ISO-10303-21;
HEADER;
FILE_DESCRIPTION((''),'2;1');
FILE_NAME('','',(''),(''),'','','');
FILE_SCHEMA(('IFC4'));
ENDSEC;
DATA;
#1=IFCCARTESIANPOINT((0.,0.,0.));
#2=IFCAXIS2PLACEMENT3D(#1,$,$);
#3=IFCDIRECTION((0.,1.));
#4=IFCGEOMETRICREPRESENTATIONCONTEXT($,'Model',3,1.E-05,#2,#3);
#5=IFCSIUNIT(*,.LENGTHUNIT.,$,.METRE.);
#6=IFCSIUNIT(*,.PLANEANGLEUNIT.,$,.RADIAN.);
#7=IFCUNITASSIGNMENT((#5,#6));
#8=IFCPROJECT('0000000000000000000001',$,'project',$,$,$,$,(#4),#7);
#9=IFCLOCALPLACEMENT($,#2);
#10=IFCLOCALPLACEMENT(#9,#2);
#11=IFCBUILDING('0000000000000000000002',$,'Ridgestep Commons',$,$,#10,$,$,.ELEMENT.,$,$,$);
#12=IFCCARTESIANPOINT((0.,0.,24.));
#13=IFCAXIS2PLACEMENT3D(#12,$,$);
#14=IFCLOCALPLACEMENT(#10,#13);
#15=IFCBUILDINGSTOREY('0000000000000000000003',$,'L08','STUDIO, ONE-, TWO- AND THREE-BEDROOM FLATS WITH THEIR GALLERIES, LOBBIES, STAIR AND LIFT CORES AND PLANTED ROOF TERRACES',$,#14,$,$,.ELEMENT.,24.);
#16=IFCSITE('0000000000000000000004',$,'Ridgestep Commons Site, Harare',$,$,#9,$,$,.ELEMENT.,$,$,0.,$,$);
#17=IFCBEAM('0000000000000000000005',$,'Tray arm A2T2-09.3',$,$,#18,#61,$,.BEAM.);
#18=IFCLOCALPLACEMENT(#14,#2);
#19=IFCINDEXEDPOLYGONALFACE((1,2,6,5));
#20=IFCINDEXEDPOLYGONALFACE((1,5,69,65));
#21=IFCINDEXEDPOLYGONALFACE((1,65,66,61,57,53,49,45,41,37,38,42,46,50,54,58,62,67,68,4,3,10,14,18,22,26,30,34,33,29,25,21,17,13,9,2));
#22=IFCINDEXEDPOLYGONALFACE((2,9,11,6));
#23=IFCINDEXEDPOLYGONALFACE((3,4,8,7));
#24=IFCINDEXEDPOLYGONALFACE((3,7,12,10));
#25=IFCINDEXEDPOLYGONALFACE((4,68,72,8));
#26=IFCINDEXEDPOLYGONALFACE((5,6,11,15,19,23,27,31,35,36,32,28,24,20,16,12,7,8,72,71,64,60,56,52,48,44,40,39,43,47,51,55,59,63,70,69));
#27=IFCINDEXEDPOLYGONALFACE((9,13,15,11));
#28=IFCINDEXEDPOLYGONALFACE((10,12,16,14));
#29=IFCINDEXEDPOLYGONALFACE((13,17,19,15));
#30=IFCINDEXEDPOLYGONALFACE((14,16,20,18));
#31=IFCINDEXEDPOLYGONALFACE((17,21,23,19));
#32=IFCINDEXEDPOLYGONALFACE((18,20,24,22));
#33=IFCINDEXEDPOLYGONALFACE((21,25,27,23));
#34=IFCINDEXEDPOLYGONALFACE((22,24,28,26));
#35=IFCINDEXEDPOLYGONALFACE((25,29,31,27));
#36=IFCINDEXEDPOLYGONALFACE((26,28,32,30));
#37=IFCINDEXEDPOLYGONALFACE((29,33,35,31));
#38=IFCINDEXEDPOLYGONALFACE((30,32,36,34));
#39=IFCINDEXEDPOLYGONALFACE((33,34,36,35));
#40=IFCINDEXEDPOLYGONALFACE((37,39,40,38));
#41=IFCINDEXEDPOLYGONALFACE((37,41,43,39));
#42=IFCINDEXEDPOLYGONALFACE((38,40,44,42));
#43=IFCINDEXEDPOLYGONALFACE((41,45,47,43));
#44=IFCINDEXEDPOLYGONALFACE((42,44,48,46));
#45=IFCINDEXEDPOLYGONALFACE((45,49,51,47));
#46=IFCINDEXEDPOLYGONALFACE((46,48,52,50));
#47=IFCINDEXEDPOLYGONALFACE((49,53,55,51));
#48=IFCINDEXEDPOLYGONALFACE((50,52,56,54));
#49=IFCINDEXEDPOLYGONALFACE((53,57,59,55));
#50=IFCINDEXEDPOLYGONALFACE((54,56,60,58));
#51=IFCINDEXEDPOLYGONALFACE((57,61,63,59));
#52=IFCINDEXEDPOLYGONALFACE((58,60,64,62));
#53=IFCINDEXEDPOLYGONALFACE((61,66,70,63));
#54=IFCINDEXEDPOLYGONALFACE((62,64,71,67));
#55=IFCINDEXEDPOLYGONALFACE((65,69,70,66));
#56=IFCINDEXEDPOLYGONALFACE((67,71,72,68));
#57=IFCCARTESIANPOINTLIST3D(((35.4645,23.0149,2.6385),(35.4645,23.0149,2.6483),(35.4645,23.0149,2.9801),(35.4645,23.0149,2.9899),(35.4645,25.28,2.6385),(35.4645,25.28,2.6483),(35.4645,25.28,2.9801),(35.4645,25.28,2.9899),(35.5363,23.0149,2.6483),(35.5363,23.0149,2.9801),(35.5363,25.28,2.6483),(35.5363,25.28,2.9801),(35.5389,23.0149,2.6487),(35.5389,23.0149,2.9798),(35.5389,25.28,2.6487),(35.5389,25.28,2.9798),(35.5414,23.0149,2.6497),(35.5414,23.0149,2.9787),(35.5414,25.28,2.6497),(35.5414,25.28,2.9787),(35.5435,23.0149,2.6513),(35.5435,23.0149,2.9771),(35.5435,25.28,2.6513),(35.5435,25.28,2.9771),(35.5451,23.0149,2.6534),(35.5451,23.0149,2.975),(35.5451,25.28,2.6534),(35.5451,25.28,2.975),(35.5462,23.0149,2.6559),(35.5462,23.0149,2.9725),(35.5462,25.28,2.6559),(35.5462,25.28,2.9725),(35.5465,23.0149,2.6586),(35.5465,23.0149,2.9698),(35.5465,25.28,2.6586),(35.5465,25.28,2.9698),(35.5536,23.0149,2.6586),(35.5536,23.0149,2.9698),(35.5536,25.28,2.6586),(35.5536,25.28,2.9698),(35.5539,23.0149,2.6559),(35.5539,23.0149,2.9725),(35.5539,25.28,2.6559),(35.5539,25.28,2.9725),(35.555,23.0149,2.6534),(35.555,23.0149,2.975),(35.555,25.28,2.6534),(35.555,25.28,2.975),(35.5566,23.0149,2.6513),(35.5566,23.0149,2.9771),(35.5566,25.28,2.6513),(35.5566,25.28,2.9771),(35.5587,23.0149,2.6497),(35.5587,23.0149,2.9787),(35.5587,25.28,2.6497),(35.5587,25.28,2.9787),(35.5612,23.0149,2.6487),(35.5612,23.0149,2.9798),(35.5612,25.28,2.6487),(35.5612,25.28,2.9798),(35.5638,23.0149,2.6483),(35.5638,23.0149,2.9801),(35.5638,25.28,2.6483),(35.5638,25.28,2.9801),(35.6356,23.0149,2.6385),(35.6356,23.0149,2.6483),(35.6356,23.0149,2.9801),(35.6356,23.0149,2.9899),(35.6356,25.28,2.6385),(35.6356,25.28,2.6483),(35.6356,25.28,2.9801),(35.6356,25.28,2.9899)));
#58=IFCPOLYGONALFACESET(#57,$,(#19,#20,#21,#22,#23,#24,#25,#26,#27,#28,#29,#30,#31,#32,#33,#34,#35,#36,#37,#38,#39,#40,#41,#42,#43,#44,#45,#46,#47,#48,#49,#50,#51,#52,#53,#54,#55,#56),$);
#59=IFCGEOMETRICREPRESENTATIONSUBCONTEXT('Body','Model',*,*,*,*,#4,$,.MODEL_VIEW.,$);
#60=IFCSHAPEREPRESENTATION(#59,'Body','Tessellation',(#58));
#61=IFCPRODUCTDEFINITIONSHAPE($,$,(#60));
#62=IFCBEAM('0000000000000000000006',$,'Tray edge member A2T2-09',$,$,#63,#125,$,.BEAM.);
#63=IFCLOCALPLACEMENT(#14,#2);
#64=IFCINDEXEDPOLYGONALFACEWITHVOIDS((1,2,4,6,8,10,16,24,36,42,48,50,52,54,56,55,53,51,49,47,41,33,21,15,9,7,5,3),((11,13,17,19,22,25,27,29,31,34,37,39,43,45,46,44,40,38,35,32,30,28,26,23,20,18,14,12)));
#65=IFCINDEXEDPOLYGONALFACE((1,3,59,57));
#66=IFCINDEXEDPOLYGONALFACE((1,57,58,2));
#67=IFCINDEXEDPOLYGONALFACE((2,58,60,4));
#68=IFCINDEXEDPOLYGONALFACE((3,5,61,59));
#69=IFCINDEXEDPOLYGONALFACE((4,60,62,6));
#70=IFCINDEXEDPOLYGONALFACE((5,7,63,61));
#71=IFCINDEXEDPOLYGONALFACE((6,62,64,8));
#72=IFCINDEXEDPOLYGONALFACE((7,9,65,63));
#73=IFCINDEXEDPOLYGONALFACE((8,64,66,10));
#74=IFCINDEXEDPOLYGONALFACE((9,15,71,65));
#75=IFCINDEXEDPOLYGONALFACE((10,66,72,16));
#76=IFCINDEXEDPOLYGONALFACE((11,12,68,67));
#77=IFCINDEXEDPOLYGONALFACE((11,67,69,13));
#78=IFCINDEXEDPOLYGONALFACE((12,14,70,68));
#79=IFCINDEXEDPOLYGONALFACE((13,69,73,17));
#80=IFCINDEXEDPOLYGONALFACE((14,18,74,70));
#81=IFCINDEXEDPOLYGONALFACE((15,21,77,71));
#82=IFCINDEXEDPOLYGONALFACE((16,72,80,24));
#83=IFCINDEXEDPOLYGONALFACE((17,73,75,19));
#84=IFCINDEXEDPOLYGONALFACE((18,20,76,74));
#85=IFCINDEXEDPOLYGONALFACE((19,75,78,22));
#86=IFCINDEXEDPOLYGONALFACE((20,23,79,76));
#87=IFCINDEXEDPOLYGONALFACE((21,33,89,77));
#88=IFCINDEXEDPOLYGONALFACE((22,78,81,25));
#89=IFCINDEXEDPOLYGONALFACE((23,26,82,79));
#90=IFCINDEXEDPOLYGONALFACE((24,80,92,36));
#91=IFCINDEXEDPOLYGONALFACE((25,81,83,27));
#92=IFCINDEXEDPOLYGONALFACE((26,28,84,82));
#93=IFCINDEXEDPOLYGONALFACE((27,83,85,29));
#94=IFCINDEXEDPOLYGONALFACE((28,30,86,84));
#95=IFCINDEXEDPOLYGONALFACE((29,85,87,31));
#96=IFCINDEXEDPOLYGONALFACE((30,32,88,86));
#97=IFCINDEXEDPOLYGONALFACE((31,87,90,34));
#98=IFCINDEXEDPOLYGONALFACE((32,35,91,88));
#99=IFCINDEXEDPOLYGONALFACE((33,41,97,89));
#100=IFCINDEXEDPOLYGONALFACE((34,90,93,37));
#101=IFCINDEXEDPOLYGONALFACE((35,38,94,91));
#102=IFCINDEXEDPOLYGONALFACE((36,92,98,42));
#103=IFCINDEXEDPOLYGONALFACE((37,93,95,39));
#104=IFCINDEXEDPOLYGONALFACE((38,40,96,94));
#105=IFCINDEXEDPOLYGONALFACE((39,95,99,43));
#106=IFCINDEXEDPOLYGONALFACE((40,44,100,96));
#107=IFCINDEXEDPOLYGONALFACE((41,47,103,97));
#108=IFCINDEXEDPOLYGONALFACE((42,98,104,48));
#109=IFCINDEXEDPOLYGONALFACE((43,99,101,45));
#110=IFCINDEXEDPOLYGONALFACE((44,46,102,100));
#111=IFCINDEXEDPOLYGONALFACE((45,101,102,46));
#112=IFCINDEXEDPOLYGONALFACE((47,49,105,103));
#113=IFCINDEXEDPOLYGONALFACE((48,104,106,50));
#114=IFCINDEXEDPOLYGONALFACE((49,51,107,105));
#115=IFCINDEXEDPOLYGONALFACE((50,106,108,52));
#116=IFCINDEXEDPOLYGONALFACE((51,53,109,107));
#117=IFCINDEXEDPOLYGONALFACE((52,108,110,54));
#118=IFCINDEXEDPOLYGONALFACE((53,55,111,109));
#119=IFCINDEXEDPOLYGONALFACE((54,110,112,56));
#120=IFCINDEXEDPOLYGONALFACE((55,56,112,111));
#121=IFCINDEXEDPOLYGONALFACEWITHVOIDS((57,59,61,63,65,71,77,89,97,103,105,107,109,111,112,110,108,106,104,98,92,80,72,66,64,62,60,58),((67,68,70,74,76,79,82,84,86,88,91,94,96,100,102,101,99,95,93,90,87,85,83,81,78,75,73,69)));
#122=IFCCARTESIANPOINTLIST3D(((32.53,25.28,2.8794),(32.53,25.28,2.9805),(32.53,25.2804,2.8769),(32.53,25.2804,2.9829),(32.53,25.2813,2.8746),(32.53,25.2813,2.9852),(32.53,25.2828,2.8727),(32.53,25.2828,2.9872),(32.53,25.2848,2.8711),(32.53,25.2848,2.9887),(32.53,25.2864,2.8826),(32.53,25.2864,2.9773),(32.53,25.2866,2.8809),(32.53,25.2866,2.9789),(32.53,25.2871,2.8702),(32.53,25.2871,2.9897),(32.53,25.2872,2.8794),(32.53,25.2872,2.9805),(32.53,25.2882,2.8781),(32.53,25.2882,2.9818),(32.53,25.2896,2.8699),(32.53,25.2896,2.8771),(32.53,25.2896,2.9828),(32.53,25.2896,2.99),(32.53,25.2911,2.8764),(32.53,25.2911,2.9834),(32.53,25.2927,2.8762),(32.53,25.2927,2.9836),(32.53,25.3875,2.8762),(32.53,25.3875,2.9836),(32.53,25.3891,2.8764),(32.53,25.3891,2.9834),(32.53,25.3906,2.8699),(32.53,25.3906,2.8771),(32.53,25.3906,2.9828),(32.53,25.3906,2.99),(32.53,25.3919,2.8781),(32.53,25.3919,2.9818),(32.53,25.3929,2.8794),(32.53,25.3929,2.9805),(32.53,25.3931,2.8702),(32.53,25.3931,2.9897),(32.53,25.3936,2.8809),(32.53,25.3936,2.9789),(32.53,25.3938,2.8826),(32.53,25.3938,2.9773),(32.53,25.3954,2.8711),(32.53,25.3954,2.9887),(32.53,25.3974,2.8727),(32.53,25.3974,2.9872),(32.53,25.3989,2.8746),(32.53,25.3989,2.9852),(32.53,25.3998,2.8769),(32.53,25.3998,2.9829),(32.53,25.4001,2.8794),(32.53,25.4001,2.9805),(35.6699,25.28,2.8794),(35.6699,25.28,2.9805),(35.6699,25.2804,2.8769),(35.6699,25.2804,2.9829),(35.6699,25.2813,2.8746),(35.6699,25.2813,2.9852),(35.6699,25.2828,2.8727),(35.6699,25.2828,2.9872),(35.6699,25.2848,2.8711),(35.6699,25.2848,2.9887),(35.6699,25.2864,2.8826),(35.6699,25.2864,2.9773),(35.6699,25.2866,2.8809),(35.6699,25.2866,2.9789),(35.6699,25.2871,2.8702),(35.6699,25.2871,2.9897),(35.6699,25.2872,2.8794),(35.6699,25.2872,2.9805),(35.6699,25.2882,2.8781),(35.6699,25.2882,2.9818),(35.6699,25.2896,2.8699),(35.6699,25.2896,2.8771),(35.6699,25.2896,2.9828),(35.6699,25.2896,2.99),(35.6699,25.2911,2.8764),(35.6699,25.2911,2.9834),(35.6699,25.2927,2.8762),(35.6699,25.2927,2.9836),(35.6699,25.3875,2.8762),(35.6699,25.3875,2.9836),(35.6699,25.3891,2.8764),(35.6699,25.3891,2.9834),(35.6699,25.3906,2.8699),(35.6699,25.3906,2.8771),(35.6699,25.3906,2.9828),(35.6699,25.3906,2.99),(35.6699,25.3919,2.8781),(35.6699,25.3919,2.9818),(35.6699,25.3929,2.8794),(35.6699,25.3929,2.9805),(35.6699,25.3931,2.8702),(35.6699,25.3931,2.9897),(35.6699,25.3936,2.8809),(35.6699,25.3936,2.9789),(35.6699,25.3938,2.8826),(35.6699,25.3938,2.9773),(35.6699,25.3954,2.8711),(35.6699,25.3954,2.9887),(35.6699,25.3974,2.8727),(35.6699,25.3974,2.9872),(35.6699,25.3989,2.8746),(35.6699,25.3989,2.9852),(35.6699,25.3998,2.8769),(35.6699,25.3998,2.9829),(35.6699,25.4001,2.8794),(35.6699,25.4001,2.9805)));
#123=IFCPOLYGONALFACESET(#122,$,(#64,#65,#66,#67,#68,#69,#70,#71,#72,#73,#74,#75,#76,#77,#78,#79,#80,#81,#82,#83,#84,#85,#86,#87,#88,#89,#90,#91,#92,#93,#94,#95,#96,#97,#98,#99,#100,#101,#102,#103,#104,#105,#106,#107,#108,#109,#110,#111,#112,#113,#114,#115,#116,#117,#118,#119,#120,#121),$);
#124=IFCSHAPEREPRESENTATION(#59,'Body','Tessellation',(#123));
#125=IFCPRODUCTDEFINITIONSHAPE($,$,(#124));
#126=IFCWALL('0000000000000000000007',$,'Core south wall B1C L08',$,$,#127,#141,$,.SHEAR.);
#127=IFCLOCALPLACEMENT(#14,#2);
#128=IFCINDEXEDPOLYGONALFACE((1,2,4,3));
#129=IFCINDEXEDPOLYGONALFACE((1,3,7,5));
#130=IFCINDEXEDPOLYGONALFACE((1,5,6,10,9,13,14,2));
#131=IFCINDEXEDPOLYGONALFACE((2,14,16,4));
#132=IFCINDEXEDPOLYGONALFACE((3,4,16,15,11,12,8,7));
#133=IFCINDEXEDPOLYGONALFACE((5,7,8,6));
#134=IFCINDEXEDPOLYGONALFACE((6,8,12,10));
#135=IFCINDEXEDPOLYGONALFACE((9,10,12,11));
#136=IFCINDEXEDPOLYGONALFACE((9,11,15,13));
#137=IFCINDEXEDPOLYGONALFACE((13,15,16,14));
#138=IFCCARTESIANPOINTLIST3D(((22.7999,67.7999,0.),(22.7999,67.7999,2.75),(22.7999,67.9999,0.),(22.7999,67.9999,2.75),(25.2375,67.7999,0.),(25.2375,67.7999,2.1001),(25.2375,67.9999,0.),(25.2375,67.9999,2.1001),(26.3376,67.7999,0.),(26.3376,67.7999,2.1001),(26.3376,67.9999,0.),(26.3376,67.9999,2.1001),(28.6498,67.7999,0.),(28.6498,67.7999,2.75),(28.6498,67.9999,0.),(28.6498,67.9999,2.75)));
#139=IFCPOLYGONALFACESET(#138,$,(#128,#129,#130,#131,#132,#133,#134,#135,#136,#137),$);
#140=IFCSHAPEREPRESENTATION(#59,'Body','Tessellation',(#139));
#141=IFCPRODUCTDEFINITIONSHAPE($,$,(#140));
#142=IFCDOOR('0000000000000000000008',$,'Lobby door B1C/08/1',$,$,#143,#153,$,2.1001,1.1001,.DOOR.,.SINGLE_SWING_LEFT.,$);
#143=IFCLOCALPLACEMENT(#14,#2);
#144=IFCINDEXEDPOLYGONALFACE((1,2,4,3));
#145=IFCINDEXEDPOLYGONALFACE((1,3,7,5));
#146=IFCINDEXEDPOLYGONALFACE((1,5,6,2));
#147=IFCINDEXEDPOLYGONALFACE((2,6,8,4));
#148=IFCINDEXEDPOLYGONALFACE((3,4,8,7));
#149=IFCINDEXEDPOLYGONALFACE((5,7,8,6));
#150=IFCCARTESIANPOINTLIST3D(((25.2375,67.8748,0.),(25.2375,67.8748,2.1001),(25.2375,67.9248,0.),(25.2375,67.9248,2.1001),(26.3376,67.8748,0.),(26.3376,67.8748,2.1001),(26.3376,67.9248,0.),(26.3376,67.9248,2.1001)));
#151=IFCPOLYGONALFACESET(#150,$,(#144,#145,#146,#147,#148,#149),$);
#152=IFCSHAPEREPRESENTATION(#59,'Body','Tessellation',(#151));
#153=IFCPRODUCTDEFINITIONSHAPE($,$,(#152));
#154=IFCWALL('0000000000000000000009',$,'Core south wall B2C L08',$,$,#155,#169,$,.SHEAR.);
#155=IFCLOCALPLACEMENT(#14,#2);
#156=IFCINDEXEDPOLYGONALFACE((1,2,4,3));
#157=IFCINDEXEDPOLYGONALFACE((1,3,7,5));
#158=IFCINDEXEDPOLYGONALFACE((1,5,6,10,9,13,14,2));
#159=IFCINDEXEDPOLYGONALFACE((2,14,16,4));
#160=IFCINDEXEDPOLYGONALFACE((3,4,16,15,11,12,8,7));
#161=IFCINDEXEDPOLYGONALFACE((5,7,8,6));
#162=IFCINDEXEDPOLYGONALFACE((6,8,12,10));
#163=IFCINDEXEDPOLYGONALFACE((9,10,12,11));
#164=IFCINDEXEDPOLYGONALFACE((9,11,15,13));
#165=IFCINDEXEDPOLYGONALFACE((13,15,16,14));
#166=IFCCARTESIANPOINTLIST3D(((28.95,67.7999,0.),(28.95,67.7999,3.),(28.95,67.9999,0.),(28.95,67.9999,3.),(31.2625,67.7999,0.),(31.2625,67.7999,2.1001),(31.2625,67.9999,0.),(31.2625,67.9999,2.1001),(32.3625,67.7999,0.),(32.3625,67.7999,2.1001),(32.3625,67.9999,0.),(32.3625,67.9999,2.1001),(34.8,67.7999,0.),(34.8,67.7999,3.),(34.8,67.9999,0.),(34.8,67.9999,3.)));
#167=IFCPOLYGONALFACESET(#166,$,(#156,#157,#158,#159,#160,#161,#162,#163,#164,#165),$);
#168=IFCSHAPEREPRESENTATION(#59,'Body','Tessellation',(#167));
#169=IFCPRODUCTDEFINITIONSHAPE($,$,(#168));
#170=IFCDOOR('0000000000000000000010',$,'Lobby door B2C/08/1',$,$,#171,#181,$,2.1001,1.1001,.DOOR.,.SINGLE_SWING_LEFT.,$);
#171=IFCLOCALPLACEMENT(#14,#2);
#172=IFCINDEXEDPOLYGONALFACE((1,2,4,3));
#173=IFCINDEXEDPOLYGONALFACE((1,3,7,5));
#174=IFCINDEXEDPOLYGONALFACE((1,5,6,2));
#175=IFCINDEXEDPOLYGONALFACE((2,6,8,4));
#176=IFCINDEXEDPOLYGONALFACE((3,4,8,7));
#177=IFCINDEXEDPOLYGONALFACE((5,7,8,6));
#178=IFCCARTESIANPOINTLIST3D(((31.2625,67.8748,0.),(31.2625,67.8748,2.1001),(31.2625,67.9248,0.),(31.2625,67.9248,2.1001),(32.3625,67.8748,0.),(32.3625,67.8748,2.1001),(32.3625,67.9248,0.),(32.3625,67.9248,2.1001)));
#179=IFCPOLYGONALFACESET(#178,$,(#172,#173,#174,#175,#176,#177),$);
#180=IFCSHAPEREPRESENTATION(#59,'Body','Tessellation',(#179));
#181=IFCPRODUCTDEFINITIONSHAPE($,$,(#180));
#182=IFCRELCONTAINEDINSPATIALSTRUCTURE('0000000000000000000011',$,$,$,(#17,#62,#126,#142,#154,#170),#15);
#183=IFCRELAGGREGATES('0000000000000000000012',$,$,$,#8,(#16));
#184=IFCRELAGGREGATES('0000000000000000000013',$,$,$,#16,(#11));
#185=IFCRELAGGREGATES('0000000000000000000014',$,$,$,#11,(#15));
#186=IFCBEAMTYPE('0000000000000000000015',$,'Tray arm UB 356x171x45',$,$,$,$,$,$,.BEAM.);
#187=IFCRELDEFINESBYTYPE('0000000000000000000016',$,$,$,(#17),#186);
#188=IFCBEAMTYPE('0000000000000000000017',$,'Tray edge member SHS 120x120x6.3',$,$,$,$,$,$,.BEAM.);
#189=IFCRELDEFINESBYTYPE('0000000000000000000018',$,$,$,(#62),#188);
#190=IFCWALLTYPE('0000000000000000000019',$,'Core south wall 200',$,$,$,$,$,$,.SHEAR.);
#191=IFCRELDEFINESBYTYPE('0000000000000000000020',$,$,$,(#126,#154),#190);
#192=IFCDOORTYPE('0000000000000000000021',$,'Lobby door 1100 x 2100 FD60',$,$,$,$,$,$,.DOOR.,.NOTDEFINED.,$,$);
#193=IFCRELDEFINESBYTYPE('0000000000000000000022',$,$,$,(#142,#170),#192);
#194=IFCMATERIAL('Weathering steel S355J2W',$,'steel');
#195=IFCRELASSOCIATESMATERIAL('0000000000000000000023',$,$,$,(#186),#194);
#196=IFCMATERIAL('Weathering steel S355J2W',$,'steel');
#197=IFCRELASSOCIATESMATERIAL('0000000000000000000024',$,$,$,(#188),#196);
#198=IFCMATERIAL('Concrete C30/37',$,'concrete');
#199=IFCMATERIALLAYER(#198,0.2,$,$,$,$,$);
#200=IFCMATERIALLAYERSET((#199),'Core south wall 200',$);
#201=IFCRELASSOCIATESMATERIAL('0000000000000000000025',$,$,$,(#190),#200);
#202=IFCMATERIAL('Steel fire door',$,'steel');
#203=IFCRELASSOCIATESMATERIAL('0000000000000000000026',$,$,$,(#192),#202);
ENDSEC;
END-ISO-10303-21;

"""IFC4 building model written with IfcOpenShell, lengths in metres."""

from ifc_helpers import new_model, si_unit, direction, frame, frame_2d, origin, origin_2d, place, context, subcontext, project, spatial, rectangle, hollow_rectangle, i_section, extrude, material, layer, layer_set, material_profile, profile_set, type_object, element, fill, save


model = new_model("IFC4")

# Units and contexts
model_context = context("Model", 3, precision=1e-05, world=origin(), true_north=direction((0.0, 1.0)))
body_context = subcontext(model_context, "Body", "Model", "MODEL_VIEW")
ifc_project = project(units=[si_unit("LENGTHUNIT", "METRE"), si_unit("PLANEANGLEUNIT", "RADIAN")], contexts=[model_context])

# Site, building, storey
site_placement = place(None, origin())
site = spatial("IfcSite", under=ifc_project, at=site_placement, Name="Ridgestep Commons Site, Harare", CompositionType="ELEMENT", RefElevation=0.0)
building_placement = place(site_placement, origin())
building = spatial("IfcBuilding", under=site, at=building_placement, Name="Ridgestep Commons", CompositionType="ELEMENT")
storey_placement = place(building_placement, frame((0.0, 0.0, 24.0)))
storey = spatial("IfcBuildingStorey", under=building, at=storey_placement, Name="L08", Description="STUDIO, ONE-, TWO- AND THREE-BEDROOM FLATS WITH THEIR GALLERIES, LOBBIES, STAIR AND LIFT CORES AND PLANTED ROOF TERRACES", CompositionType="ELEMENT", Elevation=24.0)

# Beams
ifc_material_1 = material(Name="Weathering steel S355J2W", Category="steel")
ifc_material_profile_1 = material_profile(ifc_material_1, i_section(OverallWidth=0.1711, OverallDepth=0.3513, WebThickness=0.0071, FlangeThickness=0.0098, FilletRadius=0.0103, at=origin_2d()), Name="UB 356x171x45")
ifc_profile_set_1 = profile_set([ifc_material_profile_1], Name="Weathering steel S355J2W")
beam_type_1 = type_object("IfcBeamType", Name="Tray arm UB 356x171x45", PredefinedType="BEAM", material=ifc_profile_set_1)
for number, where, z_axis, x_axis, name in (
    (1, (35.55, 23.0149, 2.8142), (0.0, 1.0, 0.0), (-1.0, 0.0, 0.0), "Tray arm A2T2-09.3"),
):
    element("IfcBeam", number, at=place(storey_placement, frame(where, z_axis=z_axis, x_axis=x_axis)), inside=storey, type_object=beam_type_1, Name=name, PredefinedType="BEAM", context=body_context, shape_type="SweptSolid", body=[
        extrude(i_section(OverallWidth=0.1711, OverallDepth=0.3513, WebThickness=0.0071, FlangeThickness=0.0098, FilletRadius=0.0103, at=origin_2d()), origin(), (0.0, 0.0, 1.0), 2.2651),
    ])
ifc_material_2 = material(Name="Weathering steel S355J2W", Category="steel")
ifc_material_profile_2 = material_profile(ifc_material_2, hollow_rectangle(XDim=0.1201, YDim=0.1201, WallThickness=0.0063, InnerFilletRadius=0.0063, OuterFilletRadius=0.0095, at=origin_2d()), Name="SHS 120x120x6.3")
ifc_profile_set_2 = profile_set([ifc_material_profile_2], Name="Weathering steel S355J2W")
beam_type_2 = type_object("IfcBeamType", Name="Tray edge member SHS 120x120x6.3", PredefinedType="BEAM", material=ifc_profile_set_2)
beam_1_placement = place(storey_placement, frame((32.53, 25.3401, 2.9299), z_axis=(1.0, 0.0, 0.0), x_axis=(0.0, 0.0, 1.0)))
element("IfcBeam", 2, at=beam_1_placement, inside=storey, type_object=beam_type_2, Name="Tray edge member A2T2-09", PredefinedType="BEAM", context=body_context, shape_type="SweptSolid", body=[
    extrude(hollow_rectangle(XDim=0.1201, YDim=0.1201, WallThickness=0.0063, InnerFilletRadius=0.0063, OuterFilletRadius=0.0095, at=origin_2d()), origin(), (0.0, 0.0, 1.0), 3.1399),
])

# Walls, openings, doors
ifc_material_3 = material(Name="Concrete C30/37", Category="concrete")
ifc_layer_1 = layer(ifc_material_3, 0.2)
ifc_layer_set_1 = layer_set([ifc_layer_1], Name="Core south wall 200")
wall_type_1 = type_object("IfcWallType", Name="Core south wall 200", PredefinedType="SHEAR", material=ifc_layer_set_1)
wall_1_placement = place(storey_placement, frame((22.8, 67.8999, 0.0), z_axis=(0.0, 0.0, 1.0), x_axis=(1.0, 0.0, 0.0)))
wall_1 = element("IfcWall", 3, at=wall_1_placement, inside=storey, type_object=wall_type_1, Name="Core south wall B1C L08", PredefinedType="SHEAR", context=body_context, shape_type="SweptSolid", body=[
    extrude(rectangle(XDim=5.8499, YDim=0.2, at=frame_2d((2.9248, 0.0))), origin(), (0.0, 0.0, 1.0), 2.75),
])
opening_1_placement = place(wall_1_placement, frame((2.4375, 0.0, 0.0)))
opening_1 = element("IfcOpeningElement", 4, at=opening_1_placement, cuts=wall_1, PredefinedType="OPENING", context=body_context, shape_type="SweptSolid", body=[
    extrude(rectangle(XDim=1.1001, YDim=2.1001, at=frame_2d((0.55, 1.05))), frame((0.0, 0.1099, 0.0), z_axis=(0.0, -1.0, 0.0), x_axis=(1.0, 0.0, 0.0)), (0.0, 0.0, 1.0), 0.22),
])
ifc_material_4 = material(Name="Steel fire door", Category="steel")
door_type_1 = type_object("IfcDoorType", Name="Lobby door 1100 x 2100 FD60", OperationType="NOTDEFINED", PredefinedType="DOOR", material=ifc_material_4)
door_1_placement = place(opening_1_placement, origin())
door_1 = element("IfcDoor", 5, at=door_1_placement, inside=storey, type_object=door_type_1, Name="Lobby door B1C/08/1", OperationType="SINGLE_SWING_LEFT", OverallHeight=2.1001, OverallWidth=1.1001, PredefinedType="DOOR", context=body_context, shape_type="SweptSolid", body=[
    extrude(rectangle(XDim=1.1001, YDim=2.1001, at=frame_2d((0.55, 1.05))), frame((0.0, 0.0249, 0.0), z_axis=(0.0, -1.0, 0.0), x_axis=(1.0, 0.0, 0.0)), (0.0, 0.0, 1.0), 0.05),
])
fill(opening_1, door_1)
wall_2_placement = place(storey_placement, frame((28.95, 67.8999, 0.0), z_axis=(0.0, 0.0, 1.0), x_axis=(1.0, 0.0, 0.0)))
wall_2 = element("IfcWall", 6, at=wall_2_placement, inside=storey, type_object=wall_type_1, Name="Core south wall B2C L08", PredefinedType="SHEAR", context=body_context, shape_type="SweptSolid", body=[
    extrude(rectangle(XDim=5.8501, YDim=0.2, at=frame_2d((2.925, 0.0))), origin(), (0.0, 0.0, 1.0), 3.0),
])
opening_2_placement = place(wall_2_placement, frame((2.3125, 0.0, 0.0)))
opening_2 = element("IfcOpeningElement", 7, at=opening_2_placement, cuts=wall_2, PredefinedType="OPENING", context=body_context, shape_type="SweptSolid", body=[
    extrude(rectangle(XDim=1.1001, YDim=2.1001, at=frame_2d((0.55, 1.05))), frame((0.0, 0.1099, 0.0), z_axis=(0.0, -1.0, 0.0), x_axis=(1.0, 0.0, 0.0)), (0.0, 0.0, 1.0), 0.22),
])
door_2_placement = place(opening_2_placement, origin())
door_2 = element("IfcDoor", 8, at=door_2_placement, inside=storey, type_object=door_type_1, Name="Lobby door B2C/08/1", OperationType="SINGLE_SWING_LEFT", OverallHeight=2.1001, OverallWidth=1.1001, PredefinedType="DOOR", context=body_context, shape_type="SweptSolid", body=[
    extrude(rectangle(XDim=1.1001, YDim=2.1001, at=frame_2d((0.55, 1.05))), frame((0.0, 0.0249, 0.0), z_axis=(0.0, -1.0, 0.0), x_axis=(1.0, 0.0, 0.0)), (0.0, 0.0, 1.0), 0.05),
])
fill(opening_2, door_2)

save(model, "model.ifc")
